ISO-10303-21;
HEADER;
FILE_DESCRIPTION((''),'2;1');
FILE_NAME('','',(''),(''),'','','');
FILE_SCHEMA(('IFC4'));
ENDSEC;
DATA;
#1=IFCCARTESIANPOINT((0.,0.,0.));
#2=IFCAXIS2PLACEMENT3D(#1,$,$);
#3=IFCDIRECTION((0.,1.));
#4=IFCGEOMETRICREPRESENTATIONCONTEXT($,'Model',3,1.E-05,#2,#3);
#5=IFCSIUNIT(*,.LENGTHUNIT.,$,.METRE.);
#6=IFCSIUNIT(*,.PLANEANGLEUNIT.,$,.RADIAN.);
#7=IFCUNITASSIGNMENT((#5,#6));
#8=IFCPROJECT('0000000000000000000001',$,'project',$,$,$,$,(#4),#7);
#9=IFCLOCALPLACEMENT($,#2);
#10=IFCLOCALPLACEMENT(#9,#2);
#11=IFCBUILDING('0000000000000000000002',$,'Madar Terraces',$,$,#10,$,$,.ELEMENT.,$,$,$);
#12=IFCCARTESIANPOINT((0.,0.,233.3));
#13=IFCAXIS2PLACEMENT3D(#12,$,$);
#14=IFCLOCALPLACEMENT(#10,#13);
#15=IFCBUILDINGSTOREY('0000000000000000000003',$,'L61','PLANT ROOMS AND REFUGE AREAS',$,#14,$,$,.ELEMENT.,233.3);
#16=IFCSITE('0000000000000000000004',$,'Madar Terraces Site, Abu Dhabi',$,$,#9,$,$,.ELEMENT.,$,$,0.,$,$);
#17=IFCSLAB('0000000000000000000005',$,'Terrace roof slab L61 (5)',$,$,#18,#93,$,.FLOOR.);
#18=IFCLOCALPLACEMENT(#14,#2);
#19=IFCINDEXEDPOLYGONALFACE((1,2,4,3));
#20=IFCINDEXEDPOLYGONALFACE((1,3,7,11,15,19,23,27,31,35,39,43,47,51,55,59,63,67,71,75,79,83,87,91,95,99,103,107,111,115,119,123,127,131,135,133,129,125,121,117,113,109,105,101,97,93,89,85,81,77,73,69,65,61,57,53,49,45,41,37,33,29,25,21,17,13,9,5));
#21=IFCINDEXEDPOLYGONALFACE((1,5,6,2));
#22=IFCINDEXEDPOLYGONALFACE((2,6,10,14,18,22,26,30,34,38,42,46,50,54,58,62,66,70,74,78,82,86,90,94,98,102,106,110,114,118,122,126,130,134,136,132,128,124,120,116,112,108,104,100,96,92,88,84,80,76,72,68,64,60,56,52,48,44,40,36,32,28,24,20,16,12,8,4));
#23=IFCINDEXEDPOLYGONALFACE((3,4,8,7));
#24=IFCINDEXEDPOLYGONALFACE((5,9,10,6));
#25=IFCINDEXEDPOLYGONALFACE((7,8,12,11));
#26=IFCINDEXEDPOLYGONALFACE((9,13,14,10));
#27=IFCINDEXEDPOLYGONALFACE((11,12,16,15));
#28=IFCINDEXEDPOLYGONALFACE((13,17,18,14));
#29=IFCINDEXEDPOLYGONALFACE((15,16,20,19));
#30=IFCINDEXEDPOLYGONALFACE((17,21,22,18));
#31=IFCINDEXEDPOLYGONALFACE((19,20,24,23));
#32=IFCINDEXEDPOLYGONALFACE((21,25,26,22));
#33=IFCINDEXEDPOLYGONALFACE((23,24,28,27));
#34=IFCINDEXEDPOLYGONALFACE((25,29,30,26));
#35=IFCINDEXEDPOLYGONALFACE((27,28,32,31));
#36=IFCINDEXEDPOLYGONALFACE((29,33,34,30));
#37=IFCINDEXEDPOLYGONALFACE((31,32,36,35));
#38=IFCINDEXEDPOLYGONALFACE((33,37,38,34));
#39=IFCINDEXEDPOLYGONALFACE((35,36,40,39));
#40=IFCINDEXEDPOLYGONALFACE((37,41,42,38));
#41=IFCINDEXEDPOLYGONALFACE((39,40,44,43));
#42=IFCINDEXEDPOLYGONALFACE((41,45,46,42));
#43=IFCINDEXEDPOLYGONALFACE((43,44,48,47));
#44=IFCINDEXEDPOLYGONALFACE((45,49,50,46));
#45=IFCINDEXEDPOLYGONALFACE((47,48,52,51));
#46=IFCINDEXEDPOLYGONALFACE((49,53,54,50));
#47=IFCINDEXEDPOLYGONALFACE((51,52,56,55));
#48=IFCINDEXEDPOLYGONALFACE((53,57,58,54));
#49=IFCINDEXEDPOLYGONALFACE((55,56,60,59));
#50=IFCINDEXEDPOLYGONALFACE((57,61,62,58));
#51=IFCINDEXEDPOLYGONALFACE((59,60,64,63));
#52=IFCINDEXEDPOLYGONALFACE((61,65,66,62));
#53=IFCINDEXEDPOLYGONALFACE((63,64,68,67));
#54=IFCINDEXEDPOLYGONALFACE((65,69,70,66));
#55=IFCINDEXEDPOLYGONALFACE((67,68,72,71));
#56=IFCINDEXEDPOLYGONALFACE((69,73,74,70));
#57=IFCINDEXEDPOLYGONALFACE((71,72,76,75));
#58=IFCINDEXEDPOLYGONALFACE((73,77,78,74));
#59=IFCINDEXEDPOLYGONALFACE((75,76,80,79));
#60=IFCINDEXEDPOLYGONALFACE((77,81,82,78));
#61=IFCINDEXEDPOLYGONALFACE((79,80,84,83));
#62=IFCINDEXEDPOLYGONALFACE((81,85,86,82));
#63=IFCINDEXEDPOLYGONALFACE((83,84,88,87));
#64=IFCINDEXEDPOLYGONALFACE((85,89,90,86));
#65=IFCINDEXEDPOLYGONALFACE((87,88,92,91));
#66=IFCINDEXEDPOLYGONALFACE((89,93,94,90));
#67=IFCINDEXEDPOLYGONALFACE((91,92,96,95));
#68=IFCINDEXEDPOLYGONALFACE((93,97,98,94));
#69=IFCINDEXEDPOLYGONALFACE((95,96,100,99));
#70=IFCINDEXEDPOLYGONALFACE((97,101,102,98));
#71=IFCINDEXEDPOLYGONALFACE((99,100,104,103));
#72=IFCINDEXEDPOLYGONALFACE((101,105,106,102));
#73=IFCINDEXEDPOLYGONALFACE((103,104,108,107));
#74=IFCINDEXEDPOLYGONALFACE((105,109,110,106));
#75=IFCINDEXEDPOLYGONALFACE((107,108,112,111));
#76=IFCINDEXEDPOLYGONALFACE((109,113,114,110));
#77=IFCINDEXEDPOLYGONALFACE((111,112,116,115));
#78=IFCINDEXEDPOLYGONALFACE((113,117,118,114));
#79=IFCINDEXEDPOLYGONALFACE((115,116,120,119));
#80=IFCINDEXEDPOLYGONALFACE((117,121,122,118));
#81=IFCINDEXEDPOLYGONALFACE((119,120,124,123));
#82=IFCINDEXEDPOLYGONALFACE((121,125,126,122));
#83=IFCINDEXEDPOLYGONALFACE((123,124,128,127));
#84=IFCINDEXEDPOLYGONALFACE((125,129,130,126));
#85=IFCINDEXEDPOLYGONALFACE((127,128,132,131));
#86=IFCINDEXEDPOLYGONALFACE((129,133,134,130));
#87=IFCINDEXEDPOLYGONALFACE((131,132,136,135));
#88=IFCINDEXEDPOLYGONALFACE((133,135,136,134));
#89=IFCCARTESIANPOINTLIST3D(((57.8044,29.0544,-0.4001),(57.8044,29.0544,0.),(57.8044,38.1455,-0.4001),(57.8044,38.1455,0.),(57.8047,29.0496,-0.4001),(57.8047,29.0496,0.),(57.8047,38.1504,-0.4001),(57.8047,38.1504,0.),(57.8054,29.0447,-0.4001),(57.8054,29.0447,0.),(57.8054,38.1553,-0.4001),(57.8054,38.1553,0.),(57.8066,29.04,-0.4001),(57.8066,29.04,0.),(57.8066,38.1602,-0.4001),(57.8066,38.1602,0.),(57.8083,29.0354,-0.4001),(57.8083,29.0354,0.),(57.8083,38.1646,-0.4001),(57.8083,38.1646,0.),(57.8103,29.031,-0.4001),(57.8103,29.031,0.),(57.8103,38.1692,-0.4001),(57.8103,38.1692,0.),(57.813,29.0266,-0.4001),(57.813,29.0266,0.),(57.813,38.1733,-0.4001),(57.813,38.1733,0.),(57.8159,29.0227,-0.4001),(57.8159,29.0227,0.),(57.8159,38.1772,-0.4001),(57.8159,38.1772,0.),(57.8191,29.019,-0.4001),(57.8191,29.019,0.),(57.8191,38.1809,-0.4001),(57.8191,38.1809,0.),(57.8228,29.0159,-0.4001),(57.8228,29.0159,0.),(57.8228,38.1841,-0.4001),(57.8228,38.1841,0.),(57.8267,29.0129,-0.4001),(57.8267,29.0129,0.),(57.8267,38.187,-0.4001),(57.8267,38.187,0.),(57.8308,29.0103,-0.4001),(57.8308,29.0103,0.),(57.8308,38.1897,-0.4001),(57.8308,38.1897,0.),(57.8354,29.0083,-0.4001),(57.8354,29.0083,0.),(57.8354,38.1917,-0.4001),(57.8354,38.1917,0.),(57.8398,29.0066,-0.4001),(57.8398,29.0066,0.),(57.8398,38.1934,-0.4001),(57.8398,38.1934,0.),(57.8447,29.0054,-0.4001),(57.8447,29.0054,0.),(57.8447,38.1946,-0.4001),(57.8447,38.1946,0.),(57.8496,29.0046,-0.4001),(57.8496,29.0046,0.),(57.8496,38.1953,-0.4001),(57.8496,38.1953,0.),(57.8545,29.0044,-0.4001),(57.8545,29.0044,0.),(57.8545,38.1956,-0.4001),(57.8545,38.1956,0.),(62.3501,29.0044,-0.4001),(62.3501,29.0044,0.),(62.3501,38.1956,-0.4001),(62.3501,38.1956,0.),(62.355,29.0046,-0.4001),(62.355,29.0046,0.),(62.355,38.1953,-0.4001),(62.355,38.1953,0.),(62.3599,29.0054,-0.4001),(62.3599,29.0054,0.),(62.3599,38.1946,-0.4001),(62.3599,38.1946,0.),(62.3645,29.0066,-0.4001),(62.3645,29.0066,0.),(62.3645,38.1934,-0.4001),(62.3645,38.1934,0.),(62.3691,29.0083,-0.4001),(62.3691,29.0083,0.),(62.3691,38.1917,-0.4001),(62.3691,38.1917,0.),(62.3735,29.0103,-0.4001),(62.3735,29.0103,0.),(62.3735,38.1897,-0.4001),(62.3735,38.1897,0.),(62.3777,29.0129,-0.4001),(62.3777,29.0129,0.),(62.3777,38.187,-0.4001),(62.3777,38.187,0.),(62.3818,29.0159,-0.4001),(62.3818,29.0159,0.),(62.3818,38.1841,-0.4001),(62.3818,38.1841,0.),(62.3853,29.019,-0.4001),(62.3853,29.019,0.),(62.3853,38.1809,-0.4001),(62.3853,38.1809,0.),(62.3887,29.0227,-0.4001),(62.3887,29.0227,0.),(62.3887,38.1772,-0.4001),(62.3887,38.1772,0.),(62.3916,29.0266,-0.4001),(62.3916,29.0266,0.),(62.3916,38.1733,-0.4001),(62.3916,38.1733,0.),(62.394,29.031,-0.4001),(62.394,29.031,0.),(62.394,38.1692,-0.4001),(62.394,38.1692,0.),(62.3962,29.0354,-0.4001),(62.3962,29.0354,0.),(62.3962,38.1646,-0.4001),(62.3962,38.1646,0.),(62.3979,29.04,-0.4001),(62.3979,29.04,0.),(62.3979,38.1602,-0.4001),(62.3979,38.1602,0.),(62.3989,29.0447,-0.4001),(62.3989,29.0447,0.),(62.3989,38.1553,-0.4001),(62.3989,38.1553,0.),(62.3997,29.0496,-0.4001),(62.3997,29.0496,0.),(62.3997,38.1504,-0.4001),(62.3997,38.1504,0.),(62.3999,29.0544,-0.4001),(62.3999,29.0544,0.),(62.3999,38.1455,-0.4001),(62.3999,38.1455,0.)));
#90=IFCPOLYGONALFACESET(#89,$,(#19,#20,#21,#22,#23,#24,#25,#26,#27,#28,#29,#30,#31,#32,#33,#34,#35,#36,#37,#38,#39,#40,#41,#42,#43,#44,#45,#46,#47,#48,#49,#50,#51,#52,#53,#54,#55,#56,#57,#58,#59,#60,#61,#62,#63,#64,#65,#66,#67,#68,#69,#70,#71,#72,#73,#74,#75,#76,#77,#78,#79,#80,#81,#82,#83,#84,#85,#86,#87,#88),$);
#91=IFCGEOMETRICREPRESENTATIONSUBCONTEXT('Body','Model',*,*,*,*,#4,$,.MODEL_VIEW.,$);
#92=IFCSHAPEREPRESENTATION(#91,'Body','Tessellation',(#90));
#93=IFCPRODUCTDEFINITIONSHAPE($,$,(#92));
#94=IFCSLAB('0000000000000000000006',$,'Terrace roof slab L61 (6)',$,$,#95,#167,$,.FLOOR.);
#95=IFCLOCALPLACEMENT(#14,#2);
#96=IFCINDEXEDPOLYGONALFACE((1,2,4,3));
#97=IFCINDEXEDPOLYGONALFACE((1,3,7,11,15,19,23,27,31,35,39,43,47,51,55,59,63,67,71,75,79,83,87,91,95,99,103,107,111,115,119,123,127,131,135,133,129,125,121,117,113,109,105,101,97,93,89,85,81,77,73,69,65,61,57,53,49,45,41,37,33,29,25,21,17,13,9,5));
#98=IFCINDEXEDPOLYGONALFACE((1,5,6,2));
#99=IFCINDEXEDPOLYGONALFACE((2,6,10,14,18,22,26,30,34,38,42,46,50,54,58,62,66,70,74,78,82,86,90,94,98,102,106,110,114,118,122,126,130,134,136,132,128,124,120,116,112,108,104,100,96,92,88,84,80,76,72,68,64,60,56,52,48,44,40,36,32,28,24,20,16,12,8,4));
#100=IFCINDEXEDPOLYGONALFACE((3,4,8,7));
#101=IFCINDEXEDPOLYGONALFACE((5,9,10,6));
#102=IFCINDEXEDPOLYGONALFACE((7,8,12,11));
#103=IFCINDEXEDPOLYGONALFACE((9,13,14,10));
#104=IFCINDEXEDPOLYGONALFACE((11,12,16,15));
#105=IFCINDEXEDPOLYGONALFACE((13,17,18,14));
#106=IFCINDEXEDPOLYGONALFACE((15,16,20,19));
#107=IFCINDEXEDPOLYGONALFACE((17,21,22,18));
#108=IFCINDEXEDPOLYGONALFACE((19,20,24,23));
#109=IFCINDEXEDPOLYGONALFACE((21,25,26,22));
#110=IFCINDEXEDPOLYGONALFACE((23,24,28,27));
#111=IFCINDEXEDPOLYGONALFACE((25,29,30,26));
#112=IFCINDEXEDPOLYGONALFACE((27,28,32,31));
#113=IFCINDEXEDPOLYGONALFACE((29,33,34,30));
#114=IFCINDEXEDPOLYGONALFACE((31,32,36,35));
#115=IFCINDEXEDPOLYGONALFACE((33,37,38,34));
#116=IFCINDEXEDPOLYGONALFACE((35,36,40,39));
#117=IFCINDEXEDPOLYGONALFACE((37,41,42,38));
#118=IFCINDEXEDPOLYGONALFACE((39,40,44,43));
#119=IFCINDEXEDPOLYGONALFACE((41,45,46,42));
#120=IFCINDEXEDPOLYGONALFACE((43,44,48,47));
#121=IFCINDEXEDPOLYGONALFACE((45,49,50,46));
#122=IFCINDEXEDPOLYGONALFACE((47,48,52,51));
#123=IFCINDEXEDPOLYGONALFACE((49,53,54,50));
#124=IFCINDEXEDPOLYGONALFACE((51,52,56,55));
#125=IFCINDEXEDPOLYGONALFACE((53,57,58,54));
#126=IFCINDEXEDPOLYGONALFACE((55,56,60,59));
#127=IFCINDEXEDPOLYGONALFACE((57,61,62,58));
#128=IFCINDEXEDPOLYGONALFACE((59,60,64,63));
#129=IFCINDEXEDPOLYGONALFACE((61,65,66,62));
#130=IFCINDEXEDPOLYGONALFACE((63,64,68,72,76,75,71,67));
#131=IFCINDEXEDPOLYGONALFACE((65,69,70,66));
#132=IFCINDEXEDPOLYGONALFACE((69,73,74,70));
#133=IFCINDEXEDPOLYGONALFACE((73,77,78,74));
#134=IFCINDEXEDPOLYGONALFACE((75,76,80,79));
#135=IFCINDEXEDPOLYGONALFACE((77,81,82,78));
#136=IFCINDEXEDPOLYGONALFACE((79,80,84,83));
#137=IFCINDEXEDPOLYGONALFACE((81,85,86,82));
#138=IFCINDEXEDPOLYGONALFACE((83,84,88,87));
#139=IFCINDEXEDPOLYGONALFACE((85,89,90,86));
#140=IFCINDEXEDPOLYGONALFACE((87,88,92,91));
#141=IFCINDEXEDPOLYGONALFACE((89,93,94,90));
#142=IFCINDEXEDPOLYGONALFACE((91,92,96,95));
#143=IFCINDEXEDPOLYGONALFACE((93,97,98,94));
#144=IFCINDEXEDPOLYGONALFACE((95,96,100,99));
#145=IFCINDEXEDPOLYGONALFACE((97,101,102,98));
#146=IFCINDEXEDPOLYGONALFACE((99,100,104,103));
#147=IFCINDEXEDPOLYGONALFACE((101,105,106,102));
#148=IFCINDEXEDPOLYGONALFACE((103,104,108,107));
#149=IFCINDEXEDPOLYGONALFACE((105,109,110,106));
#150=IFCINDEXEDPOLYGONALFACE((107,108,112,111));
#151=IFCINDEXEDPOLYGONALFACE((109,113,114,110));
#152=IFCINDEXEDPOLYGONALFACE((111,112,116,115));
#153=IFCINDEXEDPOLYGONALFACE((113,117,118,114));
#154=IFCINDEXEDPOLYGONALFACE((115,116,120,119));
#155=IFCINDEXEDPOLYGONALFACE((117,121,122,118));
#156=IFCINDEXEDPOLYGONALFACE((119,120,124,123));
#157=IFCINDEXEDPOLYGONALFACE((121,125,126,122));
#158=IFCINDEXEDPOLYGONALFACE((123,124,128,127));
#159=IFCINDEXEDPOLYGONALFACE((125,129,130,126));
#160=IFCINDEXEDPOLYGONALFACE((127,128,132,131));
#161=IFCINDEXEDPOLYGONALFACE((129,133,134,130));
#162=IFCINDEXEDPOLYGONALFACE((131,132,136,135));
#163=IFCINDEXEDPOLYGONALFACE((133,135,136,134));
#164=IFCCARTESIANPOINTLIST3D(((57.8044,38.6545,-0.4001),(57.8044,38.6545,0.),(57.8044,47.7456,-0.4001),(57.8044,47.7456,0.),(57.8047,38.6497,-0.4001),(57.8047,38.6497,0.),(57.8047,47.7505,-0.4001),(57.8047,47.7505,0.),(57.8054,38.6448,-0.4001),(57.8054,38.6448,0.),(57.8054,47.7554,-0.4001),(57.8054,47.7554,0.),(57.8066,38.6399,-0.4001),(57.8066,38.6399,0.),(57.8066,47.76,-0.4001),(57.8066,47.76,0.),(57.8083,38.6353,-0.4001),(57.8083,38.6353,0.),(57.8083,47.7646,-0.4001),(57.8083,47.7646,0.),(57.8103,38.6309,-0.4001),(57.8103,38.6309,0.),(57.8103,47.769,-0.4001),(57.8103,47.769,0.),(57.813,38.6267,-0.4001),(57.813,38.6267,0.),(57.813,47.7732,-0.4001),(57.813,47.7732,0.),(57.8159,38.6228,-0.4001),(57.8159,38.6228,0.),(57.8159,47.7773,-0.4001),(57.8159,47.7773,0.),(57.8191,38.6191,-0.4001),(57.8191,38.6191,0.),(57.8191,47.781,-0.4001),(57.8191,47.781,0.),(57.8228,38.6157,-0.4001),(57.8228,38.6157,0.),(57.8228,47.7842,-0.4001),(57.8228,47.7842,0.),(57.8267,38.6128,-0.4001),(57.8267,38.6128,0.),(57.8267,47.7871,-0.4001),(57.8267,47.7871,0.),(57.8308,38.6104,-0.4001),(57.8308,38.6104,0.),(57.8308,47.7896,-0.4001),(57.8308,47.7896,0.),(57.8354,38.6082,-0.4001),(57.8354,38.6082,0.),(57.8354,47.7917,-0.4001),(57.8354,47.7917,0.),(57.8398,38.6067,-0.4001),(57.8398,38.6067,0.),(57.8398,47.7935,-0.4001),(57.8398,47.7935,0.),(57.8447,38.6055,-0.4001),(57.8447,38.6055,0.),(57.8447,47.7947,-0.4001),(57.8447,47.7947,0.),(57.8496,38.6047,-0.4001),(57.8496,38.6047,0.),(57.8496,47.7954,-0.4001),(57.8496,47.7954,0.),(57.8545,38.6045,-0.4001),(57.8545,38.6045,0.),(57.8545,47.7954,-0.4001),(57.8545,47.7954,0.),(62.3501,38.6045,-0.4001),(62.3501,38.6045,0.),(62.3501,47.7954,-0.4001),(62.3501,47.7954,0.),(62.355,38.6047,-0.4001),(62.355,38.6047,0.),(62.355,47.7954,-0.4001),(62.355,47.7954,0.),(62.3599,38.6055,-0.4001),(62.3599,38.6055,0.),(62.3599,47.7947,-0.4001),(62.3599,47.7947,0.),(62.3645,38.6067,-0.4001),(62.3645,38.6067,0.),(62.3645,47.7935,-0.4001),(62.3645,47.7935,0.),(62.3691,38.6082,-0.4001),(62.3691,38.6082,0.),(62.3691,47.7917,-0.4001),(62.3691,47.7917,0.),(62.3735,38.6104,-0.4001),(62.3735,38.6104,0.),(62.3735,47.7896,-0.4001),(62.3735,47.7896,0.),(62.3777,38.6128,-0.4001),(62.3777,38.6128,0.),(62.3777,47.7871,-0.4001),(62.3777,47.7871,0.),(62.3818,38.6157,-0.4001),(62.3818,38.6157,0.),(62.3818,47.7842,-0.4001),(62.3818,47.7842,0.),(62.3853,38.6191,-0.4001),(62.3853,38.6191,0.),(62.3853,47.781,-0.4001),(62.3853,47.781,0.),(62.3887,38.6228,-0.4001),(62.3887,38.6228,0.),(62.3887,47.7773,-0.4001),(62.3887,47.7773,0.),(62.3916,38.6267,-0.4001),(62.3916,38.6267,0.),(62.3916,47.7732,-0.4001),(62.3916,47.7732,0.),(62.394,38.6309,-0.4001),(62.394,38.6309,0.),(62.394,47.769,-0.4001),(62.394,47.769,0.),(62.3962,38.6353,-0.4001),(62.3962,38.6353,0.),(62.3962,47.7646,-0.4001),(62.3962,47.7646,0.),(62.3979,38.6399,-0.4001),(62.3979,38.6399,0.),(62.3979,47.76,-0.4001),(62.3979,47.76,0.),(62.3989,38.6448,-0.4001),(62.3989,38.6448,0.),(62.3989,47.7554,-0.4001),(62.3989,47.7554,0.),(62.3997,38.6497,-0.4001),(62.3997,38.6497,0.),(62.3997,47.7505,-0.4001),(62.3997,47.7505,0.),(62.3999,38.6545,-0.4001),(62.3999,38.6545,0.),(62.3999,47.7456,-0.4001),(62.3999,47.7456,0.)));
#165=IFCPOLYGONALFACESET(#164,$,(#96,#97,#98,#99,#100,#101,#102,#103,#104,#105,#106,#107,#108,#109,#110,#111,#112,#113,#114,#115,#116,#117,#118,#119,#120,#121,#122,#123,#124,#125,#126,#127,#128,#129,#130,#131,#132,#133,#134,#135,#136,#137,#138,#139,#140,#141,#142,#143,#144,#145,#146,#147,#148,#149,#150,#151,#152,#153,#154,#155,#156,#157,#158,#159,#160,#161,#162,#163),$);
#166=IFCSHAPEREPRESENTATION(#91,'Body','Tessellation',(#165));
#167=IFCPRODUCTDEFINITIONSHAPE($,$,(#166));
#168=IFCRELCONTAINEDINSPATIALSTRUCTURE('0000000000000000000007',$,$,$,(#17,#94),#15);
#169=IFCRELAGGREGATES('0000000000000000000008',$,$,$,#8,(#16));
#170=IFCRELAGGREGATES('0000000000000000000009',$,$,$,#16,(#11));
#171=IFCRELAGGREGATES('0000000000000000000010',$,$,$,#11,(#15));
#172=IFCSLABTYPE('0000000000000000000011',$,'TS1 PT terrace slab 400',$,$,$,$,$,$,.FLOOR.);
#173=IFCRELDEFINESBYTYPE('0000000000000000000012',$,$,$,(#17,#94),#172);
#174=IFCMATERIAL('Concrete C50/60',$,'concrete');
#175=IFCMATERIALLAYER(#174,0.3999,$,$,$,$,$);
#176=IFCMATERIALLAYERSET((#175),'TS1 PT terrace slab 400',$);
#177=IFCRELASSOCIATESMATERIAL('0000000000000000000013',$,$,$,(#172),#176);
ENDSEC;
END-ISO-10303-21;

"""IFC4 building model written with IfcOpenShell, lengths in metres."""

from ifc_helpers import new_model, si_unit, direction, frame, origin, place, context, subcontext, project, spatial, polyline, outline, extrude, material, layer, layer_set, type_object, element, save


model = new_model("IFC4")

# Units and contexts
model_context = context("Model", 3, precision=1e-05, world=origin(), true_north=direction((0.0, 1.0)))
body_context = subcontext(model_context, "Body", "Model", "MODEL_VIEW")
ifc_project = project(units=[si_unit("LENGTHUNIT", "METRE"), si_unit("PLANEANGLEUNIT", "RADIAN")], contexts=[model_context])

# Site, building, storey
site_placement = place(None, origin())
site = spatial("IfcSite", under=ifc_project, at=site_placement, Name="Madar Terraces Site, Abu Dhabi", CompositionType="ELEMENT", RefElevation=0.0)
building_placement = place(site_placement, origin())
building = spatial("IfcBuilding", under=site, at=building_placement, Name="Madar Terraces", CompositionType="ELEMENT")
storey_placement = place(building_placement, frame((0.0, 0.0, 233.3)))
storey = spatial("IfcBuildingStorey", under=building, at=storey_placement, Name="L61", Description="PLANT ROOMS AND REFUGE AREAS", CompositionType="ELEMENT", Elevation=233.3)

# Slabs
ifc_material_1 = material(Name="Concrete C50/60", Category="concrete")
ifc_layer_1 = layer(ifc_material_1, 0.3999)
ifc_layer_set_1 = layer_set([ifc_layer_1], Name="TS1 PT terrace slab 400")
slab_type_1 = type_object("IfcSlabType", Name="TS1 PT terrace slab 400", PredefinedType="FLOOR", material=ifc_layer_set_1)
slab_1_placement = place(storey_placement, frame((0.0, 0.0, -0.4001)))
element("IfcSlab", 1, at=slab_1_placement, inside=storey, type_object=slab_type_1, Name="Terrace roof slab L61 (5)", PredefinedType="FLOOR", context=body_context, shape_type="SweptSolid", body=[
    extrude(outline(polyline([(62.3997, 29.0496), (62.3999, 29.0544), (62.3999, 38.1455), (62.3997, 38.1504), (62.3989, 38.1553), (62.3979, 38.1602), (62.3962, 38.1646), (62.394, 38.1692), (62.3916, 38.1733), (62.3887, 38.1772), (62.3853, 38.1809), (62.3818, 38.1841), (62.3777, 38.187), (62.3735, 38.1897), (62.3691, 38.1917), (62.3645, 38.1934), (62.3599, 38.1946), (62.355, 38.1953), (62.3501, 38.1956), (57.8545, 38.1956), (57.8496, 38.1953), (57.8447, 38.1946), (57.8398, 38.1934), (57.8354, 38.1917), (57.8308, 38.1897), (57.8267, 38.187), (57.8228, 38.1841), (57.8191, 38.1809), (57.8159, 38.1772), (57.813, 38.1733), (57.8103, 38.1692), (57.8083, 38.1646), (57.8066, 38.1602), (57.8054, 38.1553), (57.8047, 38.1504), (57.8044, 38.1455), (57.8044, 29.0544), (57.8047, 29.0496), (57.8054, 29.0447), (57.8066, 29.04), (57.8083, 29.0354), (57.8103, 29.031), (57.813, 29.0266), (57.8159, 29.0227), (57.8191, 29.019), (57.8228, 29.0159), (57.8267, 29.0129), (57.8308, 29.0103), (57.8354, 29.0083), (57.8398, 29.0066), (57.8447, 29.0054), (57.8496, 29.0046), (57.8545, 29.0044), (62.3501, 29.0044), (62.355, 29.0046), (62.3599, 29.0054), (62.3645, 29.0066), (62.3691, 29.0083), (62.3735, 29.0103), (62.3777, 29.0129), (62.3818, 29.0159), (62.3853, 29.019), (62.3887, 29.0227), (62.3916, 29.0266), (62.394, 29.031), (62.3962, 29.0354), (62.3979, 29.04), (62.3989, 29.0447), (62.3997, 29.0496)])), origin(), (0.0, 0.0, 1.0), 0.4001),
])
slab_2_placement = place(storey_placement, frame((0.0, 0.0, -0.4001)))
element("IfcSlab", 2, at=slab_2_placement, inside=storey, type_object=slab_type_1, Name="Terrace roof slab L61 (6)", PredefinedType="FLOOR", context=body_context, shape_type="SweptSolid", body=[
    extrude(outline(polyline([(62.3989, 38.6448), (62.3997, 38.6497), (62.3999, 38.6545), (62.3999, 47.7456), (62.3997, 47.7505), (62.3989, 47.7554), (62.3979, 47.76), (62.3962, 47.7646), (62.394, 47.769), (62.3916, 47.7732), (62.3887, 47.7773), (62.3853, 47.781), (62.3818, 47.7842), (62.3777, 47.7871), (62.3735, 47.7896), (62.3691, 47.7917), (62.3645, 47.7935), (62.3599, 47.7947), (62.355, 47.7954), (62.3501, 47.7954), (57.8545, 47.7954), (57.8496, 47.7954), (57.8447, 47.7947), (57.8398, 47.7935), (57.8354, 47.7917), (57.8308, 47.7896), (57.8267, 47.7871), (57.8228, 47.7842), (57.8191, 47.781), (57.8159, 47.7773), (57.813, 47.7732), (57.8103, 47.769), (57.8083, 47.7646), (57.8066, 47.76), (57.8054, 47.7554), (57.8047, 47.7505), (57.8044, 47.7456), (57.8044, 38.6545), (57.8047, 38.6497), (57.8054, 38.6448), (57.8066, 38.6399), (57.8083, 38.6353), (57.8103, 38.6309), (57.813, 38.6267), (57.8159, 38.6228), (57.8191, 38.6191), (57.8228, 38.6157), (57.8267, 38.6128), (57.8308, 38.6104), (57.8354, 38.6082), (57.8398, 38.6067), (57.8447, 38.6055), (57.8496, 38.6047), (57.8545, 38.6045), (62.3501, 38.6045), (62.355, 38.6047), (62.3599, 38.6055), (62.3645, 38.6067), (62.3691, 38.6082), (62.3735, 38.6104), (62.3777, 38.6128), (62.3818, 38.6157), (62.3853, 38.6191), (62.3887, 38.6228), (62.3916, 38.6267), (62.394, 38.6309), (62.3962, 38.6353), (62.3979, 38.6399), (62.3989, 38.6448)])), origin(), (0.0, 0.0, 1.0), 0.4001),
])

save(model, "model.ifc")
